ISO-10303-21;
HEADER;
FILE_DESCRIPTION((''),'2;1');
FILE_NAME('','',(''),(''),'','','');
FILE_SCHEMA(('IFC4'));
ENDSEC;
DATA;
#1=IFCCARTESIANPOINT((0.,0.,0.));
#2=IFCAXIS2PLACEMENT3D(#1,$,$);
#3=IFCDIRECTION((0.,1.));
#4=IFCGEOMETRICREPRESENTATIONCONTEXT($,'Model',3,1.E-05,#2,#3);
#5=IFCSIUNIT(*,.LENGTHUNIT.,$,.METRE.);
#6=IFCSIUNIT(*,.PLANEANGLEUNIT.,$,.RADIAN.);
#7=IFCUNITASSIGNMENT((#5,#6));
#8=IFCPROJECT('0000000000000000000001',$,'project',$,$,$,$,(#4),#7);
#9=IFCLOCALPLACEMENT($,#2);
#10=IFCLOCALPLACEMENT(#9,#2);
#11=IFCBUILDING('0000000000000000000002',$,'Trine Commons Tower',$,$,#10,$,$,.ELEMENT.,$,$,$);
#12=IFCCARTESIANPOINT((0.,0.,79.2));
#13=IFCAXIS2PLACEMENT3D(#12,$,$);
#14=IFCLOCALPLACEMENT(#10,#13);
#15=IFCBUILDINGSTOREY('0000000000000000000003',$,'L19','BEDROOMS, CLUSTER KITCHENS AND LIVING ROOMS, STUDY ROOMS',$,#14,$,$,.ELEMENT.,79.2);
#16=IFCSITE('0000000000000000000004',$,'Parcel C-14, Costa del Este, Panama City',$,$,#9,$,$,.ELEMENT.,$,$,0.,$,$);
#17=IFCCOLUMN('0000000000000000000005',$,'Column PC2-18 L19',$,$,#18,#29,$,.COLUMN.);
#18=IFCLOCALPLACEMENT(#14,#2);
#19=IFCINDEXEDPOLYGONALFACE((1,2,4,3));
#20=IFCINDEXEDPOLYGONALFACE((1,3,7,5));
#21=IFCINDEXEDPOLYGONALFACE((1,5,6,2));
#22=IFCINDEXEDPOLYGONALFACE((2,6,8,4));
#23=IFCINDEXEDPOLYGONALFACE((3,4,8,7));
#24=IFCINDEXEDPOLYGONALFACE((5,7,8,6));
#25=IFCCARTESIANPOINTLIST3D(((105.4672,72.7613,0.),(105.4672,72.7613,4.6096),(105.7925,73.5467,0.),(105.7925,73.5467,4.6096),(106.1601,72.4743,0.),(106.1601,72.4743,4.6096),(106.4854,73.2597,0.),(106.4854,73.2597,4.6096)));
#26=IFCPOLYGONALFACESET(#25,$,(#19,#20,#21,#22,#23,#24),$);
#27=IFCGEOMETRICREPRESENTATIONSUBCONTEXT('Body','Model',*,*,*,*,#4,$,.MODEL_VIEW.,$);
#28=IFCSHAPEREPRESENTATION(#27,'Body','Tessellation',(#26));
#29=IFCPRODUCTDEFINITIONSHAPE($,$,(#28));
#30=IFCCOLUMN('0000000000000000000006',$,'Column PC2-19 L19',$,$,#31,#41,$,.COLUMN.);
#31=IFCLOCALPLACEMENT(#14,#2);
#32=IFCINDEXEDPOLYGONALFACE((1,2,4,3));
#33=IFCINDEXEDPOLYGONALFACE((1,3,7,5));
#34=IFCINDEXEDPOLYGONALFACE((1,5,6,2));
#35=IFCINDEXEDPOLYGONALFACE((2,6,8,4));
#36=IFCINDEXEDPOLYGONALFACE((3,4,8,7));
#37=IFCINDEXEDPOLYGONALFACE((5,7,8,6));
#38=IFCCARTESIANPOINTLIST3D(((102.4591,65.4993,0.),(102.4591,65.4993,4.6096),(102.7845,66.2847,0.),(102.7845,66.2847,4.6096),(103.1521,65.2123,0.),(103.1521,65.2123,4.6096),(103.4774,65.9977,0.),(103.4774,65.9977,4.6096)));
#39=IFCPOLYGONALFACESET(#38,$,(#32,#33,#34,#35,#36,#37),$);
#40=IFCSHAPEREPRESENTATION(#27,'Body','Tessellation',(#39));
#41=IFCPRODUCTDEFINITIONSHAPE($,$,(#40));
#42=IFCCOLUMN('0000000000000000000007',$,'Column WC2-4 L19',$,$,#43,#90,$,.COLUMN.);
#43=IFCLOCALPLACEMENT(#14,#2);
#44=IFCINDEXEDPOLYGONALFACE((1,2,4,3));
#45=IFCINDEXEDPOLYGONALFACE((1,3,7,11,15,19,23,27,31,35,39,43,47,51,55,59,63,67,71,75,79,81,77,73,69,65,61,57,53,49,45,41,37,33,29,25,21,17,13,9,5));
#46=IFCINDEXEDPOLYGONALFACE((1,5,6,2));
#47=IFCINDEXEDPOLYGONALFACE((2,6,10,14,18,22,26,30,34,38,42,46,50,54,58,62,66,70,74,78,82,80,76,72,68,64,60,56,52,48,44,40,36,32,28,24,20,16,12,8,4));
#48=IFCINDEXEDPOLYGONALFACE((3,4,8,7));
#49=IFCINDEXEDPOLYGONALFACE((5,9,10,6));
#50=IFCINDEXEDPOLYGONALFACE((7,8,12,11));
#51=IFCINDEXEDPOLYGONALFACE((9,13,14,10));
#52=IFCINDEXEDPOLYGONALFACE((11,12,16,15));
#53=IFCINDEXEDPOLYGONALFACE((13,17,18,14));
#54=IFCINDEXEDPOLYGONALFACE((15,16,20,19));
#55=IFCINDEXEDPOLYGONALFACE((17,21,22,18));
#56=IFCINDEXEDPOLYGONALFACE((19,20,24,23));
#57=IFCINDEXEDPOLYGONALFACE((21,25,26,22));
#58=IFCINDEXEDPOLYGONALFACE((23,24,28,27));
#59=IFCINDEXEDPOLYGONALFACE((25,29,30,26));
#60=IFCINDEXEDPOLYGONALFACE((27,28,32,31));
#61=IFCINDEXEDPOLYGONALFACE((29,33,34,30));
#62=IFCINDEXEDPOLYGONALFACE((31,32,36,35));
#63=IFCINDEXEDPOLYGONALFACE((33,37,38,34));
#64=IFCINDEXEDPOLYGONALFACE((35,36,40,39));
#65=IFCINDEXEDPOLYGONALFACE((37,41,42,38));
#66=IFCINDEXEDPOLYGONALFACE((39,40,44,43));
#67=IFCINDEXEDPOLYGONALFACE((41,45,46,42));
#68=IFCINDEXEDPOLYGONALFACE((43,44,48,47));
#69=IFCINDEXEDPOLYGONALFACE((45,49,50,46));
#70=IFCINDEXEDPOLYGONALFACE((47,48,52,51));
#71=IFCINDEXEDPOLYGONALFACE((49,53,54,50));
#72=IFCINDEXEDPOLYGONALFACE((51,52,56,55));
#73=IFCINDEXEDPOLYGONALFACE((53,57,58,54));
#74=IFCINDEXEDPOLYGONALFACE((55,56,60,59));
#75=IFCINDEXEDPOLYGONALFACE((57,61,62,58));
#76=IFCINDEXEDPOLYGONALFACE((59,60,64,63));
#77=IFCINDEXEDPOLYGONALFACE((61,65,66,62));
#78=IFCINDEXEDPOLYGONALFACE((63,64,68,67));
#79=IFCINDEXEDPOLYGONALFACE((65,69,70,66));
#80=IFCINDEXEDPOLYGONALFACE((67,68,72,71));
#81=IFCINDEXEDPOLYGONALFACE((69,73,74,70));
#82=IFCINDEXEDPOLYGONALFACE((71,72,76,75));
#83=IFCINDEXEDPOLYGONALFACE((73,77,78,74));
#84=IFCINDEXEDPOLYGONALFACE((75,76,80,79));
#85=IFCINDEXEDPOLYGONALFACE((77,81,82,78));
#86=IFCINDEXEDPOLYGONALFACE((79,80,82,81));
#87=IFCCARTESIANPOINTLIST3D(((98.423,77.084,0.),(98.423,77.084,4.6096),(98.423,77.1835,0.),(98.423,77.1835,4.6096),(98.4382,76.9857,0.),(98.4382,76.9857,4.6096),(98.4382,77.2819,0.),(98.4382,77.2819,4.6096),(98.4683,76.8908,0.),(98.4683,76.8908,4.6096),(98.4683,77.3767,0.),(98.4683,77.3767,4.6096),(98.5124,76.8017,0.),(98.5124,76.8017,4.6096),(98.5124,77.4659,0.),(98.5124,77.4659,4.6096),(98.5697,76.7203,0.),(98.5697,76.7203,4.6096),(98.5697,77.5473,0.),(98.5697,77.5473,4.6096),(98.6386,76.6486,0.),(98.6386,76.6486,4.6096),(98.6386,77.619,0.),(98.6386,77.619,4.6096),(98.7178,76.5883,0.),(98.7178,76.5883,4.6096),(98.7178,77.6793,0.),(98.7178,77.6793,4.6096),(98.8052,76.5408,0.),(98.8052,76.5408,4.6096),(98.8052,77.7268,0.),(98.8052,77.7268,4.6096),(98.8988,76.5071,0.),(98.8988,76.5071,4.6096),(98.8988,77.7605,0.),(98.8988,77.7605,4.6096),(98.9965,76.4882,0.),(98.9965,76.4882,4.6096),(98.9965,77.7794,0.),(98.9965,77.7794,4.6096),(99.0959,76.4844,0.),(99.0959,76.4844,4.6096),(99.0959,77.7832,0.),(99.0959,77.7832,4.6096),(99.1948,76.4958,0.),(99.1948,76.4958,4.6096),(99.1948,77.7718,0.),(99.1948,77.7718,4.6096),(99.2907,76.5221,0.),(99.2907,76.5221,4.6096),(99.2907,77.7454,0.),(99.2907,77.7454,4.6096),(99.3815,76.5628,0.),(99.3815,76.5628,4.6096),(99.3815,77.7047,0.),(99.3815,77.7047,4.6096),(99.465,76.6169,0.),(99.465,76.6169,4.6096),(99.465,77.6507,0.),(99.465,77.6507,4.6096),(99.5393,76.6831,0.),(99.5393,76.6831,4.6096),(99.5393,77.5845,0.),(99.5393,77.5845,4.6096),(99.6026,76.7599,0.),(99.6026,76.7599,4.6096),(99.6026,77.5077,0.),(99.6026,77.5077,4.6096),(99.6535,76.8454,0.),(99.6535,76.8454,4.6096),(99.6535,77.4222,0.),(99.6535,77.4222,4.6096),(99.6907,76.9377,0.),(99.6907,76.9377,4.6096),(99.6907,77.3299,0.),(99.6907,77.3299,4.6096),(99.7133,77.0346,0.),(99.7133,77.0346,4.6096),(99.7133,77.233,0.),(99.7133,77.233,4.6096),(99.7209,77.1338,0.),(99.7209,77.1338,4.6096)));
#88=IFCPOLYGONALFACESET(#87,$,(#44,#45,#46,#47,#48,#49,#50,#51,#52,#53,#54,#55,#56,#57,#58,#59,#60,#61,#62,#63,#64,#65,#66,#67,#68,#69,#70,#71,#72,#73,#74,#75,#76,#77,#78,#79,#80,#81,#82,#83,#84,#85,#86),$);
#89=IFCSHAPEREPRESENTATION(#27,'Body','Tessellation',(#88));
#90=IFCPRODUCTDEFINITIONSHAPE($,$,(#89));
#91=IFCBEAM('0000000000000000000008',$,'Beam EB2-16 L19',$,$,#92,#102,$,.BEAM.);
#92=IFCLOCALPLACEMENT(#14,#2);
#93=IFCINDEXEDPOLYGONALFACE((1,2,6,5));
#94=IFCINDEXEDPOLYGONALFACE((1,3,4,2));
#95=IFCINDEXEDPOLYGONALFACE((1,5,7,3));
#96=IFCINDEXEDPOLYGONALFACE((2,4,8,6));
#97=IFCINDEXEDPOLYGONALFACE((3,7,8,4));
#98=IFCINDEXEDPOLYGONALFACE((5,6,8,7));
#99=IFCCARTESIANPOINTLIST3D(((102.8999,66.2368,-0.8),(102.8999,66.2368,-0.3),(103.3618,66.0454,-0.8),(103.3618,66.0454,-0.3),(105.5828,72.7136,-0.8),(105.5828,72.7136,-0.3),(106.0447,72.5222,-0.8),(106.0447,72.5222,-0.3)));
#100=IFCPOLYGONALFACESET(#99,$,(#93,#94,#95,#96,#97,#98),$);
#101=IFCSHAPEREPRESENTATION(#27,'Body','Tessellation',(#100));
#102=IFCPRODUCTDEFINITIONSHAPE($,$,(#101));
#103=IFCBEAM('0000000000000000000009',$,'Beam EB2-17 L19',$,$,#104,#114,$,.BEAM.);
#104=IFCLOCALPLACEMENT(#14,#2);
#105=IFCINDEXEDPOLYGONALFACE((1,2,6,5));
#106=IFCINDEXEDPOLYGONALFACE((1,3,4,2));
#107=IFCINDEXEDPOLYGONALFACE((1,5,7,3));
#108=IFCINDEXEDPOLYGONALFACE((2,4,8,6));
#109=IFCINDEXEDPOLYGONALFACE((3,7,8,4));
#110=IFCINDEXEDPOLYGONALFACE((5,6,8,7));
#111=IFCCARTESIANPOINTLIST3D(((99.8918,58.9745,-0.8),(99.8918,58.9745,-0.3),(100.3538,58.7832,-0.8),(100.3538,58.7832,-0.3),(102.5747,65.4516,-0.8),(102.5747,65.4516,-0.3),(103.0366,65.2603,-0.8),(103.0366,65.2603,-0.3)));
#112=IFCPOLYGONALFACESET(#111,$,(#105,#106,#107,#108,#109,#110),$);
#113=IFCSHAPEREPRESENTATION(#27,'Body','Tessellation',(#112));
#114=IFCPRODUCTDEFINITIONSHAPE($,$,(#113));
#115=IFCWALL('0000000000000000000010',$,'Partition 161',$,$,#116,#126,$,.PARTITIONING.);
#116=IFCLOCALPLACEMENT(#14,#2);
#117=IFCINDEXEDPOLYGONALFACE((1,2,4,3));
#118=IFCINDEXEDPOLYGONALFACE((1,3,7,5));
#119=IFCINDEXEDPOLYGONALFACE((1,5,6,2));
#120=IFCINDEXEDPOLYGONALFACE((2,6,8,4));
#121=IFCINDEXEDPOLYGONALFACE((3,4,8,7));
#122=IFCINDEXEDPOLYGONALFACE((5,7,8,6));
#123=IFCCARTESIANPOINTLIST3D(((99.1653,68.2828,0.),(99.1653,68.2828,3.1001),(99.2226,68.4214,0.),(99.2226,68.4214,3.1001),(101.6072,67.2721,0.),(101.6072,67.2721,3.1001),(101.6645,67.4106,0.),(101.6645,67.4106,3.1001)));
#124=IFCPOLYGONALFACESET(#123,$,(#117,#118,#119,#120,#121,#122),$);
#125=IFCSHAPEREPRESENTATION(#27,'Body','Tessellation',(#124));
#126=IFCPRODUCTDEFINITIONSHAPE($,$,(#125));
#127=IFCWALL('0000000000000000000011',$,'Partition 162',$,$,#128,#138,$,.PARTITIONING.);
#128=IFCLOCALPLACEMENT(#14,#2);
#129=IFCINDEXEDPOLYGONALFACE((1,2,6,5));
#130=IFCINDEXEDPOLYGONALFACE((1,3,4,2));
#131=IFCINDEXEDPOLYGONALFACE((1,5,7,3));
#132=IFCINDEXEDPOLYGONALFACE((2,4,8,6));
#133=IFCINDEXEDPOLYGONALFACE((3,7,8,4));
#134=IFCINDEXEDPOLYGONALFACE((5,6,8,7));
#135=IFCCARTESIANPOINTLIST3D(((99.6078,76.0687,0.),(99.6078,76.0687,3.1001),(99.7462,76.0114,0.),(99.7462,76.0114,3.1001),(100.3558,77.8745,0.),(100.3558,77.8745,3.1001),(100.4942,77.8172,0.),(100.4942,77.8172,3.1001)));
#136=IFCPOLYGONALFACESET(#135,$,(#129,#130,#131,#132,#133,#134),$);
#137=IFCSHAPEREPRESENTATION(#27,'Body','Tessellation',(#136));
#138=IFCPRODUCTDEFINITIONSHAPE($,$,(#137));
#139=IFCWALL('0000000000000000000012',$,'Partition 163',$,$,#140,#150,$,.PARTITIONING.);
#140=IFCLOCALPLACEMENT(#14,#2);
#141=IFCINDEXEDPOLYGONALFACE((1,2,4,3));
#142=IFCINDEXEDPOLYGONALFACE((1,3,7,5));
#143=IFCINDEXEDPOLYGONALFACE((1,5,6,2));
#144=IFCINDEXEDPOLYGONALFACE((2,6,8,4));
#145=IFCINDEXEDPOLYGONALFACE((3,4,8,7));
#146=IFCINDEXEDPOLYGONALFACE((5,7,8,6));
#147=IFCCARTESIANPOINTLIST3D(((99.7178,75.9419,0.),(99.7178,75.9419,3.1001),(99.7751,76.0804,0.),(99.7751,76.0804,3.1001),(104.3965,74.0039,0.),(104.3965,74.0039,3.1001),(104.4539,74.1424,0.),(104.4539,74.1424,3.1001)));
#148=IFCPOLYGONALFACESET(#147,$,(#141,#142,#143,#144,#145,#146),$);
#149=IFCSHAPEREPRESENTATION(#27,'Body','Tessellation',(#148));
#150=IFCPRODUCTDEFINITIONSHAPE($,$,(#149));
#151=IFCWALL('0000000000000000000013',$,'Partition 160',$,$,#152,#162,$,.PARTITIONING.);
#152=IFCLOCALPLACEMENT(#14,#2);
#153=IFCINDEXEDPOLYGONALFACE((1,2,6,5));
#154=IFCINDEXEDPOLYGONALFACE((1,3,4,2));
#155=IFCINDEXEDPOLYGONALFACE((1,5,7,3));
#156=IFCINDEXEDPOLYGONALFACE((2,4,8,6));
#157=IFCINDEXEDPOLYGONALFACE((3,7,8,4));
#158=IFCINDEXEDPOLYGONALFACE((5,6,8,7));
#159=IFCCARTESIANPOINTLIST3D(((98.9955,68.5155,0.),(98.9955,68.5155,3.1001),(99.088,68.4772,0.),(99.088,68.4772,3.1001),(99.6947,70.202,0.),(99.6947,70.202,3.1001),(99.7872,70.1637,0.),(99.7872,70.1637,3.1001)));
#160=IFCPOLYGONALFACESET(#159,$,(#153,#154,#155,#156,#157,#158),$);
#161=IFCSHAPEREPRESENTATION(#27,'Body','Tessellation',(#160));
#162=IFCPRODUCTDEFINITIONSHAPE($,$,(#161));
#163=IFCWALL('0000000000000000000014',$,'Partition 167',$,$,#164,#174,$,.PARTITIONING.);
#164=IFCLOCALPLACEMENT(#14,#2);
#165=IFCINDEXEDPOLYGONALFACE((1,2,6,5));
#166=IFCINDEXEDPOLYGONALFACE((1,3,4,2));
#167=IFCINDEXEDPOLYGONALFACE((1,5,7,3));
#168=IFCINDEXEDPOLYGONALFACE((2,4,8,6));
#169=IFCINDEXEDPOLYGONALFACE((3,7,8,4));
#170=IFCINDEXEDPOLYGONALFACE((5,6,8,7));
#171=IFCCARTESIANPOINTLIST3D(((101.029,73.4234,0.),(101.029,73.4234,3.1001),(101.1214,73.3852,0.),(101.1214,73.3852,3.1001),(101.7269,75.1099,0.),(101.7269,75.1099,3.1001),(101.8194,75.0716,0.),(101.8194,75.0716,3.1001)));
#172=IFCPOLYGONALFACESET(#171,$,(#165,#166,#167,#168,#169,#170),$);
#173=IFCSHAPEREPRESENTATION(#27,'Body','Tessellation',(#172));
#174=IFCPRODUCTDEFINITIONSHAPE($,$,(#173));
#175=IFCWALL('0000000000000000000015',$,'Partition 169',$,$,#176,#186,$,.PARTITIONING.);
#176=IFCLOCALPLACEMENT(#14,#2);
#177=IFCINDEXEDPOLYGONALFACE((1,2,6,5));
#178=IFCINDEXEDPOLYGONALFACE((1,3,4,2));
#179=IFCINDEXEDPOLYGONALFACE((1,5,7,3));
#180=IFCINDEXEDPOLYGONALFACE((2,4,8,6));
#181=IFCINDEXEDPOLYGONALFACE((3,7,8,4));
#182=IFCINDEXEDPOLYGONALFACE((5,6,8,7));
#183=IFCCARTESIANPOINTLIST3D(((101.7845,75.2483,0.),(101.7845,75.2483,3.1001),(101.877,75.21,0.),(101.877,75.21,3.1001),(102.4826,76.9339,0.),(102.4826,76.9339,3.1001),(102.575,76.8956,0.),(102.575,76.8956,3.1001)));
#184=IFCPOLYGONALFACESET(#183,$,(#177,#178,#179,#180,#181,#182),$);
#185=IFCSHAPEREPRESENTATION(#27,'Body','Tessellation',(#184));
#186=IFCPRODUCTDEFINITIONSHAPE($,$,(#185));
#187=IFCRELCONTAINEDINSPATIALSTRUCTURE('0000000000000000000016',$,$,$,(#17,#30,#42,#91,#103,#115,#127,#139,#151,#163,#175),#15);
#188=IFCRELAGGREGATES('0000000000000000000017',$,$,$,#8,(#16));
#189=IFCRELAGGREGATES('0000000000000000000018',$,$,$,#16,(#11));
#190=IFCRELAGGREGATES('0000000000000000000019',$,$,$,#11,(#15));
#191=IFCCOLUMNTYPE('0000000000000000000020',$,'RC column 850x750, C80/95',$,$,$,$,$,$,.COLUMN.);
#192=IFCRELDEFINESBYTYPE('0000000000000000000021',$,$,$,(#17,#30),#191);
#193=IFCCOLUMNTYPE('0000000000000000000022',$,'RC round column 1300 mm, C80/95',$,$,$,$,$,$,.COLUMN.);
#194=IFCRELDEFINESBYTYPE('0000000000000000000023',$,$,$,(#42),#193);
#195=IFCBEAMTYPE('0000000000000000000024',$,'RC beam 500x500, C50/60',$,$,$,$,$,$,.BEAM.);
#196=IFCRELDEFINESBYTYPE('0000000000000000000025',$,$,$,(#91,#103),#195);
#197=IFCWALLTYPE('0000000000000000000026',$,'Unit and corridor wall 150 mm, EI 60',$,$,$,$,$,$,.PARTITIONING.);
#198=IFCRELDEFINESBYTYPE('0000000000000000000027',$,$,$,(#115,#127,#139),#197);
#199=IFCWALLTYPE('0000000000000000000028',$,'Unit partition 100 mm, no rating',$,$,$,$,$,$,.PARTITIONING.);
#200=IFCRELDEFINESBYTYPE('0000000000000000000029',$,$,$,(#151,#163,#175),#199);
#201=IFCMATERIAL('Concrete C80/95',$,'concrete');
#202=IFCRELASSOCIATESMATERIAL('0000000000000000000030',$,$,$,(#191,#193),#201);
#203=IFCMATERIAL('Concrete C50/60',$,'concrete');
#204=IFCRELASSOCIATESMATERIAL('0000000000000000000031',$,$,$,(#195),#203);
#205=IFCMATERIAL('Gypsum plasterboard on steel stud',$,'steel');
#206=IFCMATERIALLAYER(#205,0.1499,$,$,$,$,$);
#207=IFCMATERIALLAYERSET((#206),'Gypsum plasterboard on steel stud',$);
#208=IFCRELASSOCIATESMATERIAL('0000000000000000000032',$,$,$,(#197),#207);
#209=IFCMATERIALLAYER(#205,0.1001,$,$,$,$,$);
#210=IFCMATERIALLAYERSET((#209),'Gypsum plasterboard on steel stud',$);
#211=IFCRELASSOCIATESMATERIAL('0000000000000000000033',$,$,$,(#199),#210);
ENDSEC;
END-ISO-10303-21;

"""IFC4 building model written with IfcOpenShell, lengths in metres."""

from ifc_helpers import new_model, si_unit, direction, frame, frame_2d, origin, origin_2d, place, context, subcontext, project, spatial, rectangle, circle, extrude, material, layer, layer_set, material_profile, profile_set, type_object, element, save


model = new_model("IFC4")

# Units and contexts
model_context = context("Model", 3, precision=1e-05, world=origin(), true_north=direction((0.0, 1.0)))
body_context = subcontext(model_context, "Body", "Model", "MODEL_VIEW")
ifc_project = project(units=[si_unit("LENGTHUNIT", "METRE"), si_unit("PLANEANGLEUNIT", "RADIAN")], contexts=[model_context])

# Site, building, storey
site_placement = place(None, origin())
site = spatial("IfcSite", under=ifc_project, at=site_placement, Name="Parcel C-14, Costa del Este, Panama City", CompositionType="ELEMENT", RefElevation=0.0)
building_placement = place(site_placement, origin())
building = spatial("IfcBuilding", under=site, at=building_placement, Name="Trine Commons Tower", CompositionType="ELEMENT")
storey_placement = place(building_placement, frame((0.0, 0.0, 79.2)))
storey = spatial("IfcBuildingStorey", under=building, at=storey_placement, Name="L19", Description="BEDROOMS, CLUSTER KITCHENS AND LIVING ROOMS, STUDY ROOMS", CompositionType="ELEMENT", Elevation=79.2)

# Columns
ifc_material_1 = material(Name="Concrete C80/95", Category="concrete")
ifc_material_profile_1 = material_profile(ifc_material_1, rectangle(XDim=0.8501, YDim=0.75, at=origin_2d()), Name="RC 850x750")
ifc_profile_set_1 = profile_set([ifc_material_profile_1], Name="Concrete C80/95")
column_type_1 = type_object("IfcColumnType", Name="RC column 850x750, C80/95", PredefinedType="COLUMN", material=ifc_profile_set_1)
for number, where, z_axis, x_axis, name in (
    (1, (105.9763, 73.0105, 0.0), (0.0, 0.0, 1.0), (0.382683, 0.92388, 0.0), "Column PC2-18 L19"),
    (2, (102.9683, 65.7485, 0.0), (0.0, 0.0, 1.0), (0.382683, 0.92388, 0.0), "Column PC2-19 L19"),
):
    element("IfcColumn", number, at=place(storey_placement, frame(where, z_axis=z_axis, x_axis=x_axis)), inside=storey, type_object=column_type_1, Name=name, PredefinedType="COLUMN", context=body_context, shape_type="SweptSolid", body=[
        extrude(rectangle(XDim=0.8501, YDim=0.75, at=origin_2d()), origin(), (0.0, 0.0, 1.0), 4.6096),
    ])
ifc_material_profile_2 = material_profile(ifc_material_1, circle(Radius=0.6499, at=origin_2d()), Name="RC round 1300")
ifc_profile_set_2 = profile_set([ifc_material_profile_2], Name="Concrete C80/95")
column_type_2 = type_object("IfcColumnType", Name="RC round column 1300 mm, C80/95", PredefinedType="COLUMN", material=ifc_profile_set_2)
column_placement = place(storey_placement, frame((99.071, 77.1338, 0.0), z_axis=(0.0, 0.0, 1.0), x_axis=(1.0, 0.0, 0.0)))
element("IfcColumn", 3, at=column_placement, inside=storey, type_object=column_type_2, Name="Column WC2-4 L19", PredefinedType="COLUMN", context=body_context, shape_type="SweptSolid", body=[
    extrude(circle(Radius=0.6499, at=origin_2d()), origin(), (0.0, 0.0, 1.0), 4.6096),
])

# Beams
ifc_material_2 = material(Name="Concrete C50/60", Category="concrete")
ifc_material_profile_3 = material_profile(ifc_material_2, rectangle(XDim=0.5, YDim=0.5, at=origin_2d()), Name="RC 500x500")
ifc_profile_set_3 = profile_set([ifc_material_profile_3], Name="Concrete C50/60")
beam_type = type_object("IfcBeamType", Name="RC beam 500x500, C50/60", PredefinedType="BEAM", material=ifc_profile_set_3)
beam_1_placement = place(storey_placement, frame((105.8137, 72.6179, -0.55), z_axis=(-0.382693, -0.923875, 0.0), x_axis=(0.923875, -0.382693, 0.0)))
element("IfcBeam", 4, at=beam_1_placement, inside=storey, type_object=beam_type, Name="Beam EB2-16 L19", PredefinedType="BEAM", context=body_context, shape_type="SweptSolid", body=[
    extrude(rectangle(XDim=0.5, YDim=0.5, at=origin_2d()), origin(), (0.0, 0.0, 1.0), 7.0105),
])
beam_2_placement = place(storey_placement, frame((102.8057, 65.356, -0.55), z_axis=(-0.382681, -0.923881, 0.0), x_axis=(0.923881, -0.382681, 0.0)))
element("IfcBeam", 5, at=beam_2_placement, inside=storey, type_object=beam_type, Name="Beam EB2-17 L19", PredefinedType="BEAM", context=body_context, shape_type="SweptSolid", body=[
    extrude(rectangle(XDim=0.5, YDim=0.5, at=origin_2d()), origin(), (0.0, 0.0, 1.0), 7.0107),
])

# Walls
ifc_material_3 = material(Name="Gypsum plasterboard on steel stud", Category="steel")
ifc_layer_1 = layer(ifc_material_3, 0.1499)
ifc_layer_set_1 = layer_set([ifc_layer_1], Name="Gypsum plasterboard on steel stud")
wall_type_1 = type_object("IfcWallType", Name="Unit and corridor wall 150 mm, EI 60", PredefinedType="PARTITIONING", material=ifc_layer_set_1)
wall_1_placement = place(storey_placement, frame((99.1941, 68.3521, 0.0), z_axis=(0.0, 0.0, 1.0), x_axis=(0.923976, -0.38245, 0.0)))
element("IfcWall", 6, at=wall_1_placement, inside=storey, type_object=wall_type_1, Name="Partition 161", PredefinedType="PARTITIONING", context=body_context, shape_type="SweptSolid", body=[
    extrude(rectangle(XDim=2.6428, YDim=0.1499, at=frame_2d((1.3213, 0.0))), origin(), (0.0, 0.0, 1.0), 3.1001),
])
wall_2_placement = place(storey_placement, frame((99.677, 76.04, 0.0), z_axis=(0.0, 0.0, 1.0), x_axis=(0.38269, 0.923877, 0.0)))
element("IfcWall", 7, at=wall_2_placement, inside=storey, type_object=wall_type_1, Name="Partition 162", PredefinedType="PARTITIONING", context=body_context, shape_type="SweptSolid", body=[
    extrude(rectangle(XDim=1.9546, YDim=0.1499, at=frame_2d((0.9773, 0.0))), origin(), (0.0, 0.0, 1.0), 3.1001),
])
wall_3_placement = place(storey_placement, frame((99.7463, 76.0112, 0.0), z_axis=(0.0, 0.0, 1.0), x_axis=(0.923879, -0.382684, 0.0)))
element("IfcWall", 8, at=wall_3_placement, inside=storey, type_object=wall_type_1, Name="Partition 163", PredefinedType="PARTITIONING", context=body_context, shape_type="SweptSolid", body=[
    extrude(rectangle(XDim=5.0642, YDim=0.1499, at=frame_2d((2.5322, 0.0))), origin(), (0.0, 0.0, 1.0), 3.1001),
])
ifc_layer_2 = layer(ifc_material_3, 0.1001)
ifc_layer_set_2 = layer_set([ifc_layer_2], Name="Gypsum plasterboard on steel stud")
wall_type_2 = type_object("IfcWallType", Name="Unit partition 100 mm, no rating", PredefinedType="PARTITIONING", material=ifc_layer_set_2)
wall_4_placement = place(storey_placement, frame((99.0417, 68.4963, 0.0), z_axis=(0.0, 0.0, 1.0), x_axis=(0.382982, 0.923756, 0.0)))
element("IfcWall", 9, at=wall_4_placement, inside=storey, type_object=wall_type_2, Name="Partition 160", PredefinedType="PARTITIONING", context=body_context, shape_type="SweptSolid", body=[
    extrude(rectangle(XDim=1.8257, YDim=0.1001, at=frame_2d((0.9128, 0.0))), origin(), (0.0, 0.0, 1.0), 3.1001),
])
wall_5_placement = place(storey_placement, frame((101.0752, 73.4043, 0.0), z_axis=(0.0, 0.0, 1.0), x_axis=(0.382411, 0.923992, 0.0)))
element("IfcWall", 10, at=wall_5_placement, inside=storey, type_object=wall_type_2, Name="Partition 167", PredefinedType="PARTITIONING", context=body_context, shape_type="SweptSolid", body=[
    extrude(rectangle(XDim=1.8252, YDim=0.1001, at=frame_2d((0.9126, 0.0))), origin(), (0.0, 0.0, 1.0), 3.1001),
])
wall_6_placement = place(storey_placement, frame((101.8308, 75.2292, 0.0), z_axis=(0.0, 0.0, 1.0), x_axis=(0.3826, 0.923914, 0.0)))
element("IfcWall", 11, at=wall_6_placement, inside=storey, type_object=wall_type_2, Name="Partition 169", PredefinedType="PARTITIONING", context=body_context, shape_type="SweptSolid", body=[
    extrude(rectangle(XDim=1.8245, YDim=0.1001, at=frame_2d((0.9121, 0.0))), origin(), (0.0, 0.0, 1.0), 3.1001),
])

save(model, "model.ifc")
